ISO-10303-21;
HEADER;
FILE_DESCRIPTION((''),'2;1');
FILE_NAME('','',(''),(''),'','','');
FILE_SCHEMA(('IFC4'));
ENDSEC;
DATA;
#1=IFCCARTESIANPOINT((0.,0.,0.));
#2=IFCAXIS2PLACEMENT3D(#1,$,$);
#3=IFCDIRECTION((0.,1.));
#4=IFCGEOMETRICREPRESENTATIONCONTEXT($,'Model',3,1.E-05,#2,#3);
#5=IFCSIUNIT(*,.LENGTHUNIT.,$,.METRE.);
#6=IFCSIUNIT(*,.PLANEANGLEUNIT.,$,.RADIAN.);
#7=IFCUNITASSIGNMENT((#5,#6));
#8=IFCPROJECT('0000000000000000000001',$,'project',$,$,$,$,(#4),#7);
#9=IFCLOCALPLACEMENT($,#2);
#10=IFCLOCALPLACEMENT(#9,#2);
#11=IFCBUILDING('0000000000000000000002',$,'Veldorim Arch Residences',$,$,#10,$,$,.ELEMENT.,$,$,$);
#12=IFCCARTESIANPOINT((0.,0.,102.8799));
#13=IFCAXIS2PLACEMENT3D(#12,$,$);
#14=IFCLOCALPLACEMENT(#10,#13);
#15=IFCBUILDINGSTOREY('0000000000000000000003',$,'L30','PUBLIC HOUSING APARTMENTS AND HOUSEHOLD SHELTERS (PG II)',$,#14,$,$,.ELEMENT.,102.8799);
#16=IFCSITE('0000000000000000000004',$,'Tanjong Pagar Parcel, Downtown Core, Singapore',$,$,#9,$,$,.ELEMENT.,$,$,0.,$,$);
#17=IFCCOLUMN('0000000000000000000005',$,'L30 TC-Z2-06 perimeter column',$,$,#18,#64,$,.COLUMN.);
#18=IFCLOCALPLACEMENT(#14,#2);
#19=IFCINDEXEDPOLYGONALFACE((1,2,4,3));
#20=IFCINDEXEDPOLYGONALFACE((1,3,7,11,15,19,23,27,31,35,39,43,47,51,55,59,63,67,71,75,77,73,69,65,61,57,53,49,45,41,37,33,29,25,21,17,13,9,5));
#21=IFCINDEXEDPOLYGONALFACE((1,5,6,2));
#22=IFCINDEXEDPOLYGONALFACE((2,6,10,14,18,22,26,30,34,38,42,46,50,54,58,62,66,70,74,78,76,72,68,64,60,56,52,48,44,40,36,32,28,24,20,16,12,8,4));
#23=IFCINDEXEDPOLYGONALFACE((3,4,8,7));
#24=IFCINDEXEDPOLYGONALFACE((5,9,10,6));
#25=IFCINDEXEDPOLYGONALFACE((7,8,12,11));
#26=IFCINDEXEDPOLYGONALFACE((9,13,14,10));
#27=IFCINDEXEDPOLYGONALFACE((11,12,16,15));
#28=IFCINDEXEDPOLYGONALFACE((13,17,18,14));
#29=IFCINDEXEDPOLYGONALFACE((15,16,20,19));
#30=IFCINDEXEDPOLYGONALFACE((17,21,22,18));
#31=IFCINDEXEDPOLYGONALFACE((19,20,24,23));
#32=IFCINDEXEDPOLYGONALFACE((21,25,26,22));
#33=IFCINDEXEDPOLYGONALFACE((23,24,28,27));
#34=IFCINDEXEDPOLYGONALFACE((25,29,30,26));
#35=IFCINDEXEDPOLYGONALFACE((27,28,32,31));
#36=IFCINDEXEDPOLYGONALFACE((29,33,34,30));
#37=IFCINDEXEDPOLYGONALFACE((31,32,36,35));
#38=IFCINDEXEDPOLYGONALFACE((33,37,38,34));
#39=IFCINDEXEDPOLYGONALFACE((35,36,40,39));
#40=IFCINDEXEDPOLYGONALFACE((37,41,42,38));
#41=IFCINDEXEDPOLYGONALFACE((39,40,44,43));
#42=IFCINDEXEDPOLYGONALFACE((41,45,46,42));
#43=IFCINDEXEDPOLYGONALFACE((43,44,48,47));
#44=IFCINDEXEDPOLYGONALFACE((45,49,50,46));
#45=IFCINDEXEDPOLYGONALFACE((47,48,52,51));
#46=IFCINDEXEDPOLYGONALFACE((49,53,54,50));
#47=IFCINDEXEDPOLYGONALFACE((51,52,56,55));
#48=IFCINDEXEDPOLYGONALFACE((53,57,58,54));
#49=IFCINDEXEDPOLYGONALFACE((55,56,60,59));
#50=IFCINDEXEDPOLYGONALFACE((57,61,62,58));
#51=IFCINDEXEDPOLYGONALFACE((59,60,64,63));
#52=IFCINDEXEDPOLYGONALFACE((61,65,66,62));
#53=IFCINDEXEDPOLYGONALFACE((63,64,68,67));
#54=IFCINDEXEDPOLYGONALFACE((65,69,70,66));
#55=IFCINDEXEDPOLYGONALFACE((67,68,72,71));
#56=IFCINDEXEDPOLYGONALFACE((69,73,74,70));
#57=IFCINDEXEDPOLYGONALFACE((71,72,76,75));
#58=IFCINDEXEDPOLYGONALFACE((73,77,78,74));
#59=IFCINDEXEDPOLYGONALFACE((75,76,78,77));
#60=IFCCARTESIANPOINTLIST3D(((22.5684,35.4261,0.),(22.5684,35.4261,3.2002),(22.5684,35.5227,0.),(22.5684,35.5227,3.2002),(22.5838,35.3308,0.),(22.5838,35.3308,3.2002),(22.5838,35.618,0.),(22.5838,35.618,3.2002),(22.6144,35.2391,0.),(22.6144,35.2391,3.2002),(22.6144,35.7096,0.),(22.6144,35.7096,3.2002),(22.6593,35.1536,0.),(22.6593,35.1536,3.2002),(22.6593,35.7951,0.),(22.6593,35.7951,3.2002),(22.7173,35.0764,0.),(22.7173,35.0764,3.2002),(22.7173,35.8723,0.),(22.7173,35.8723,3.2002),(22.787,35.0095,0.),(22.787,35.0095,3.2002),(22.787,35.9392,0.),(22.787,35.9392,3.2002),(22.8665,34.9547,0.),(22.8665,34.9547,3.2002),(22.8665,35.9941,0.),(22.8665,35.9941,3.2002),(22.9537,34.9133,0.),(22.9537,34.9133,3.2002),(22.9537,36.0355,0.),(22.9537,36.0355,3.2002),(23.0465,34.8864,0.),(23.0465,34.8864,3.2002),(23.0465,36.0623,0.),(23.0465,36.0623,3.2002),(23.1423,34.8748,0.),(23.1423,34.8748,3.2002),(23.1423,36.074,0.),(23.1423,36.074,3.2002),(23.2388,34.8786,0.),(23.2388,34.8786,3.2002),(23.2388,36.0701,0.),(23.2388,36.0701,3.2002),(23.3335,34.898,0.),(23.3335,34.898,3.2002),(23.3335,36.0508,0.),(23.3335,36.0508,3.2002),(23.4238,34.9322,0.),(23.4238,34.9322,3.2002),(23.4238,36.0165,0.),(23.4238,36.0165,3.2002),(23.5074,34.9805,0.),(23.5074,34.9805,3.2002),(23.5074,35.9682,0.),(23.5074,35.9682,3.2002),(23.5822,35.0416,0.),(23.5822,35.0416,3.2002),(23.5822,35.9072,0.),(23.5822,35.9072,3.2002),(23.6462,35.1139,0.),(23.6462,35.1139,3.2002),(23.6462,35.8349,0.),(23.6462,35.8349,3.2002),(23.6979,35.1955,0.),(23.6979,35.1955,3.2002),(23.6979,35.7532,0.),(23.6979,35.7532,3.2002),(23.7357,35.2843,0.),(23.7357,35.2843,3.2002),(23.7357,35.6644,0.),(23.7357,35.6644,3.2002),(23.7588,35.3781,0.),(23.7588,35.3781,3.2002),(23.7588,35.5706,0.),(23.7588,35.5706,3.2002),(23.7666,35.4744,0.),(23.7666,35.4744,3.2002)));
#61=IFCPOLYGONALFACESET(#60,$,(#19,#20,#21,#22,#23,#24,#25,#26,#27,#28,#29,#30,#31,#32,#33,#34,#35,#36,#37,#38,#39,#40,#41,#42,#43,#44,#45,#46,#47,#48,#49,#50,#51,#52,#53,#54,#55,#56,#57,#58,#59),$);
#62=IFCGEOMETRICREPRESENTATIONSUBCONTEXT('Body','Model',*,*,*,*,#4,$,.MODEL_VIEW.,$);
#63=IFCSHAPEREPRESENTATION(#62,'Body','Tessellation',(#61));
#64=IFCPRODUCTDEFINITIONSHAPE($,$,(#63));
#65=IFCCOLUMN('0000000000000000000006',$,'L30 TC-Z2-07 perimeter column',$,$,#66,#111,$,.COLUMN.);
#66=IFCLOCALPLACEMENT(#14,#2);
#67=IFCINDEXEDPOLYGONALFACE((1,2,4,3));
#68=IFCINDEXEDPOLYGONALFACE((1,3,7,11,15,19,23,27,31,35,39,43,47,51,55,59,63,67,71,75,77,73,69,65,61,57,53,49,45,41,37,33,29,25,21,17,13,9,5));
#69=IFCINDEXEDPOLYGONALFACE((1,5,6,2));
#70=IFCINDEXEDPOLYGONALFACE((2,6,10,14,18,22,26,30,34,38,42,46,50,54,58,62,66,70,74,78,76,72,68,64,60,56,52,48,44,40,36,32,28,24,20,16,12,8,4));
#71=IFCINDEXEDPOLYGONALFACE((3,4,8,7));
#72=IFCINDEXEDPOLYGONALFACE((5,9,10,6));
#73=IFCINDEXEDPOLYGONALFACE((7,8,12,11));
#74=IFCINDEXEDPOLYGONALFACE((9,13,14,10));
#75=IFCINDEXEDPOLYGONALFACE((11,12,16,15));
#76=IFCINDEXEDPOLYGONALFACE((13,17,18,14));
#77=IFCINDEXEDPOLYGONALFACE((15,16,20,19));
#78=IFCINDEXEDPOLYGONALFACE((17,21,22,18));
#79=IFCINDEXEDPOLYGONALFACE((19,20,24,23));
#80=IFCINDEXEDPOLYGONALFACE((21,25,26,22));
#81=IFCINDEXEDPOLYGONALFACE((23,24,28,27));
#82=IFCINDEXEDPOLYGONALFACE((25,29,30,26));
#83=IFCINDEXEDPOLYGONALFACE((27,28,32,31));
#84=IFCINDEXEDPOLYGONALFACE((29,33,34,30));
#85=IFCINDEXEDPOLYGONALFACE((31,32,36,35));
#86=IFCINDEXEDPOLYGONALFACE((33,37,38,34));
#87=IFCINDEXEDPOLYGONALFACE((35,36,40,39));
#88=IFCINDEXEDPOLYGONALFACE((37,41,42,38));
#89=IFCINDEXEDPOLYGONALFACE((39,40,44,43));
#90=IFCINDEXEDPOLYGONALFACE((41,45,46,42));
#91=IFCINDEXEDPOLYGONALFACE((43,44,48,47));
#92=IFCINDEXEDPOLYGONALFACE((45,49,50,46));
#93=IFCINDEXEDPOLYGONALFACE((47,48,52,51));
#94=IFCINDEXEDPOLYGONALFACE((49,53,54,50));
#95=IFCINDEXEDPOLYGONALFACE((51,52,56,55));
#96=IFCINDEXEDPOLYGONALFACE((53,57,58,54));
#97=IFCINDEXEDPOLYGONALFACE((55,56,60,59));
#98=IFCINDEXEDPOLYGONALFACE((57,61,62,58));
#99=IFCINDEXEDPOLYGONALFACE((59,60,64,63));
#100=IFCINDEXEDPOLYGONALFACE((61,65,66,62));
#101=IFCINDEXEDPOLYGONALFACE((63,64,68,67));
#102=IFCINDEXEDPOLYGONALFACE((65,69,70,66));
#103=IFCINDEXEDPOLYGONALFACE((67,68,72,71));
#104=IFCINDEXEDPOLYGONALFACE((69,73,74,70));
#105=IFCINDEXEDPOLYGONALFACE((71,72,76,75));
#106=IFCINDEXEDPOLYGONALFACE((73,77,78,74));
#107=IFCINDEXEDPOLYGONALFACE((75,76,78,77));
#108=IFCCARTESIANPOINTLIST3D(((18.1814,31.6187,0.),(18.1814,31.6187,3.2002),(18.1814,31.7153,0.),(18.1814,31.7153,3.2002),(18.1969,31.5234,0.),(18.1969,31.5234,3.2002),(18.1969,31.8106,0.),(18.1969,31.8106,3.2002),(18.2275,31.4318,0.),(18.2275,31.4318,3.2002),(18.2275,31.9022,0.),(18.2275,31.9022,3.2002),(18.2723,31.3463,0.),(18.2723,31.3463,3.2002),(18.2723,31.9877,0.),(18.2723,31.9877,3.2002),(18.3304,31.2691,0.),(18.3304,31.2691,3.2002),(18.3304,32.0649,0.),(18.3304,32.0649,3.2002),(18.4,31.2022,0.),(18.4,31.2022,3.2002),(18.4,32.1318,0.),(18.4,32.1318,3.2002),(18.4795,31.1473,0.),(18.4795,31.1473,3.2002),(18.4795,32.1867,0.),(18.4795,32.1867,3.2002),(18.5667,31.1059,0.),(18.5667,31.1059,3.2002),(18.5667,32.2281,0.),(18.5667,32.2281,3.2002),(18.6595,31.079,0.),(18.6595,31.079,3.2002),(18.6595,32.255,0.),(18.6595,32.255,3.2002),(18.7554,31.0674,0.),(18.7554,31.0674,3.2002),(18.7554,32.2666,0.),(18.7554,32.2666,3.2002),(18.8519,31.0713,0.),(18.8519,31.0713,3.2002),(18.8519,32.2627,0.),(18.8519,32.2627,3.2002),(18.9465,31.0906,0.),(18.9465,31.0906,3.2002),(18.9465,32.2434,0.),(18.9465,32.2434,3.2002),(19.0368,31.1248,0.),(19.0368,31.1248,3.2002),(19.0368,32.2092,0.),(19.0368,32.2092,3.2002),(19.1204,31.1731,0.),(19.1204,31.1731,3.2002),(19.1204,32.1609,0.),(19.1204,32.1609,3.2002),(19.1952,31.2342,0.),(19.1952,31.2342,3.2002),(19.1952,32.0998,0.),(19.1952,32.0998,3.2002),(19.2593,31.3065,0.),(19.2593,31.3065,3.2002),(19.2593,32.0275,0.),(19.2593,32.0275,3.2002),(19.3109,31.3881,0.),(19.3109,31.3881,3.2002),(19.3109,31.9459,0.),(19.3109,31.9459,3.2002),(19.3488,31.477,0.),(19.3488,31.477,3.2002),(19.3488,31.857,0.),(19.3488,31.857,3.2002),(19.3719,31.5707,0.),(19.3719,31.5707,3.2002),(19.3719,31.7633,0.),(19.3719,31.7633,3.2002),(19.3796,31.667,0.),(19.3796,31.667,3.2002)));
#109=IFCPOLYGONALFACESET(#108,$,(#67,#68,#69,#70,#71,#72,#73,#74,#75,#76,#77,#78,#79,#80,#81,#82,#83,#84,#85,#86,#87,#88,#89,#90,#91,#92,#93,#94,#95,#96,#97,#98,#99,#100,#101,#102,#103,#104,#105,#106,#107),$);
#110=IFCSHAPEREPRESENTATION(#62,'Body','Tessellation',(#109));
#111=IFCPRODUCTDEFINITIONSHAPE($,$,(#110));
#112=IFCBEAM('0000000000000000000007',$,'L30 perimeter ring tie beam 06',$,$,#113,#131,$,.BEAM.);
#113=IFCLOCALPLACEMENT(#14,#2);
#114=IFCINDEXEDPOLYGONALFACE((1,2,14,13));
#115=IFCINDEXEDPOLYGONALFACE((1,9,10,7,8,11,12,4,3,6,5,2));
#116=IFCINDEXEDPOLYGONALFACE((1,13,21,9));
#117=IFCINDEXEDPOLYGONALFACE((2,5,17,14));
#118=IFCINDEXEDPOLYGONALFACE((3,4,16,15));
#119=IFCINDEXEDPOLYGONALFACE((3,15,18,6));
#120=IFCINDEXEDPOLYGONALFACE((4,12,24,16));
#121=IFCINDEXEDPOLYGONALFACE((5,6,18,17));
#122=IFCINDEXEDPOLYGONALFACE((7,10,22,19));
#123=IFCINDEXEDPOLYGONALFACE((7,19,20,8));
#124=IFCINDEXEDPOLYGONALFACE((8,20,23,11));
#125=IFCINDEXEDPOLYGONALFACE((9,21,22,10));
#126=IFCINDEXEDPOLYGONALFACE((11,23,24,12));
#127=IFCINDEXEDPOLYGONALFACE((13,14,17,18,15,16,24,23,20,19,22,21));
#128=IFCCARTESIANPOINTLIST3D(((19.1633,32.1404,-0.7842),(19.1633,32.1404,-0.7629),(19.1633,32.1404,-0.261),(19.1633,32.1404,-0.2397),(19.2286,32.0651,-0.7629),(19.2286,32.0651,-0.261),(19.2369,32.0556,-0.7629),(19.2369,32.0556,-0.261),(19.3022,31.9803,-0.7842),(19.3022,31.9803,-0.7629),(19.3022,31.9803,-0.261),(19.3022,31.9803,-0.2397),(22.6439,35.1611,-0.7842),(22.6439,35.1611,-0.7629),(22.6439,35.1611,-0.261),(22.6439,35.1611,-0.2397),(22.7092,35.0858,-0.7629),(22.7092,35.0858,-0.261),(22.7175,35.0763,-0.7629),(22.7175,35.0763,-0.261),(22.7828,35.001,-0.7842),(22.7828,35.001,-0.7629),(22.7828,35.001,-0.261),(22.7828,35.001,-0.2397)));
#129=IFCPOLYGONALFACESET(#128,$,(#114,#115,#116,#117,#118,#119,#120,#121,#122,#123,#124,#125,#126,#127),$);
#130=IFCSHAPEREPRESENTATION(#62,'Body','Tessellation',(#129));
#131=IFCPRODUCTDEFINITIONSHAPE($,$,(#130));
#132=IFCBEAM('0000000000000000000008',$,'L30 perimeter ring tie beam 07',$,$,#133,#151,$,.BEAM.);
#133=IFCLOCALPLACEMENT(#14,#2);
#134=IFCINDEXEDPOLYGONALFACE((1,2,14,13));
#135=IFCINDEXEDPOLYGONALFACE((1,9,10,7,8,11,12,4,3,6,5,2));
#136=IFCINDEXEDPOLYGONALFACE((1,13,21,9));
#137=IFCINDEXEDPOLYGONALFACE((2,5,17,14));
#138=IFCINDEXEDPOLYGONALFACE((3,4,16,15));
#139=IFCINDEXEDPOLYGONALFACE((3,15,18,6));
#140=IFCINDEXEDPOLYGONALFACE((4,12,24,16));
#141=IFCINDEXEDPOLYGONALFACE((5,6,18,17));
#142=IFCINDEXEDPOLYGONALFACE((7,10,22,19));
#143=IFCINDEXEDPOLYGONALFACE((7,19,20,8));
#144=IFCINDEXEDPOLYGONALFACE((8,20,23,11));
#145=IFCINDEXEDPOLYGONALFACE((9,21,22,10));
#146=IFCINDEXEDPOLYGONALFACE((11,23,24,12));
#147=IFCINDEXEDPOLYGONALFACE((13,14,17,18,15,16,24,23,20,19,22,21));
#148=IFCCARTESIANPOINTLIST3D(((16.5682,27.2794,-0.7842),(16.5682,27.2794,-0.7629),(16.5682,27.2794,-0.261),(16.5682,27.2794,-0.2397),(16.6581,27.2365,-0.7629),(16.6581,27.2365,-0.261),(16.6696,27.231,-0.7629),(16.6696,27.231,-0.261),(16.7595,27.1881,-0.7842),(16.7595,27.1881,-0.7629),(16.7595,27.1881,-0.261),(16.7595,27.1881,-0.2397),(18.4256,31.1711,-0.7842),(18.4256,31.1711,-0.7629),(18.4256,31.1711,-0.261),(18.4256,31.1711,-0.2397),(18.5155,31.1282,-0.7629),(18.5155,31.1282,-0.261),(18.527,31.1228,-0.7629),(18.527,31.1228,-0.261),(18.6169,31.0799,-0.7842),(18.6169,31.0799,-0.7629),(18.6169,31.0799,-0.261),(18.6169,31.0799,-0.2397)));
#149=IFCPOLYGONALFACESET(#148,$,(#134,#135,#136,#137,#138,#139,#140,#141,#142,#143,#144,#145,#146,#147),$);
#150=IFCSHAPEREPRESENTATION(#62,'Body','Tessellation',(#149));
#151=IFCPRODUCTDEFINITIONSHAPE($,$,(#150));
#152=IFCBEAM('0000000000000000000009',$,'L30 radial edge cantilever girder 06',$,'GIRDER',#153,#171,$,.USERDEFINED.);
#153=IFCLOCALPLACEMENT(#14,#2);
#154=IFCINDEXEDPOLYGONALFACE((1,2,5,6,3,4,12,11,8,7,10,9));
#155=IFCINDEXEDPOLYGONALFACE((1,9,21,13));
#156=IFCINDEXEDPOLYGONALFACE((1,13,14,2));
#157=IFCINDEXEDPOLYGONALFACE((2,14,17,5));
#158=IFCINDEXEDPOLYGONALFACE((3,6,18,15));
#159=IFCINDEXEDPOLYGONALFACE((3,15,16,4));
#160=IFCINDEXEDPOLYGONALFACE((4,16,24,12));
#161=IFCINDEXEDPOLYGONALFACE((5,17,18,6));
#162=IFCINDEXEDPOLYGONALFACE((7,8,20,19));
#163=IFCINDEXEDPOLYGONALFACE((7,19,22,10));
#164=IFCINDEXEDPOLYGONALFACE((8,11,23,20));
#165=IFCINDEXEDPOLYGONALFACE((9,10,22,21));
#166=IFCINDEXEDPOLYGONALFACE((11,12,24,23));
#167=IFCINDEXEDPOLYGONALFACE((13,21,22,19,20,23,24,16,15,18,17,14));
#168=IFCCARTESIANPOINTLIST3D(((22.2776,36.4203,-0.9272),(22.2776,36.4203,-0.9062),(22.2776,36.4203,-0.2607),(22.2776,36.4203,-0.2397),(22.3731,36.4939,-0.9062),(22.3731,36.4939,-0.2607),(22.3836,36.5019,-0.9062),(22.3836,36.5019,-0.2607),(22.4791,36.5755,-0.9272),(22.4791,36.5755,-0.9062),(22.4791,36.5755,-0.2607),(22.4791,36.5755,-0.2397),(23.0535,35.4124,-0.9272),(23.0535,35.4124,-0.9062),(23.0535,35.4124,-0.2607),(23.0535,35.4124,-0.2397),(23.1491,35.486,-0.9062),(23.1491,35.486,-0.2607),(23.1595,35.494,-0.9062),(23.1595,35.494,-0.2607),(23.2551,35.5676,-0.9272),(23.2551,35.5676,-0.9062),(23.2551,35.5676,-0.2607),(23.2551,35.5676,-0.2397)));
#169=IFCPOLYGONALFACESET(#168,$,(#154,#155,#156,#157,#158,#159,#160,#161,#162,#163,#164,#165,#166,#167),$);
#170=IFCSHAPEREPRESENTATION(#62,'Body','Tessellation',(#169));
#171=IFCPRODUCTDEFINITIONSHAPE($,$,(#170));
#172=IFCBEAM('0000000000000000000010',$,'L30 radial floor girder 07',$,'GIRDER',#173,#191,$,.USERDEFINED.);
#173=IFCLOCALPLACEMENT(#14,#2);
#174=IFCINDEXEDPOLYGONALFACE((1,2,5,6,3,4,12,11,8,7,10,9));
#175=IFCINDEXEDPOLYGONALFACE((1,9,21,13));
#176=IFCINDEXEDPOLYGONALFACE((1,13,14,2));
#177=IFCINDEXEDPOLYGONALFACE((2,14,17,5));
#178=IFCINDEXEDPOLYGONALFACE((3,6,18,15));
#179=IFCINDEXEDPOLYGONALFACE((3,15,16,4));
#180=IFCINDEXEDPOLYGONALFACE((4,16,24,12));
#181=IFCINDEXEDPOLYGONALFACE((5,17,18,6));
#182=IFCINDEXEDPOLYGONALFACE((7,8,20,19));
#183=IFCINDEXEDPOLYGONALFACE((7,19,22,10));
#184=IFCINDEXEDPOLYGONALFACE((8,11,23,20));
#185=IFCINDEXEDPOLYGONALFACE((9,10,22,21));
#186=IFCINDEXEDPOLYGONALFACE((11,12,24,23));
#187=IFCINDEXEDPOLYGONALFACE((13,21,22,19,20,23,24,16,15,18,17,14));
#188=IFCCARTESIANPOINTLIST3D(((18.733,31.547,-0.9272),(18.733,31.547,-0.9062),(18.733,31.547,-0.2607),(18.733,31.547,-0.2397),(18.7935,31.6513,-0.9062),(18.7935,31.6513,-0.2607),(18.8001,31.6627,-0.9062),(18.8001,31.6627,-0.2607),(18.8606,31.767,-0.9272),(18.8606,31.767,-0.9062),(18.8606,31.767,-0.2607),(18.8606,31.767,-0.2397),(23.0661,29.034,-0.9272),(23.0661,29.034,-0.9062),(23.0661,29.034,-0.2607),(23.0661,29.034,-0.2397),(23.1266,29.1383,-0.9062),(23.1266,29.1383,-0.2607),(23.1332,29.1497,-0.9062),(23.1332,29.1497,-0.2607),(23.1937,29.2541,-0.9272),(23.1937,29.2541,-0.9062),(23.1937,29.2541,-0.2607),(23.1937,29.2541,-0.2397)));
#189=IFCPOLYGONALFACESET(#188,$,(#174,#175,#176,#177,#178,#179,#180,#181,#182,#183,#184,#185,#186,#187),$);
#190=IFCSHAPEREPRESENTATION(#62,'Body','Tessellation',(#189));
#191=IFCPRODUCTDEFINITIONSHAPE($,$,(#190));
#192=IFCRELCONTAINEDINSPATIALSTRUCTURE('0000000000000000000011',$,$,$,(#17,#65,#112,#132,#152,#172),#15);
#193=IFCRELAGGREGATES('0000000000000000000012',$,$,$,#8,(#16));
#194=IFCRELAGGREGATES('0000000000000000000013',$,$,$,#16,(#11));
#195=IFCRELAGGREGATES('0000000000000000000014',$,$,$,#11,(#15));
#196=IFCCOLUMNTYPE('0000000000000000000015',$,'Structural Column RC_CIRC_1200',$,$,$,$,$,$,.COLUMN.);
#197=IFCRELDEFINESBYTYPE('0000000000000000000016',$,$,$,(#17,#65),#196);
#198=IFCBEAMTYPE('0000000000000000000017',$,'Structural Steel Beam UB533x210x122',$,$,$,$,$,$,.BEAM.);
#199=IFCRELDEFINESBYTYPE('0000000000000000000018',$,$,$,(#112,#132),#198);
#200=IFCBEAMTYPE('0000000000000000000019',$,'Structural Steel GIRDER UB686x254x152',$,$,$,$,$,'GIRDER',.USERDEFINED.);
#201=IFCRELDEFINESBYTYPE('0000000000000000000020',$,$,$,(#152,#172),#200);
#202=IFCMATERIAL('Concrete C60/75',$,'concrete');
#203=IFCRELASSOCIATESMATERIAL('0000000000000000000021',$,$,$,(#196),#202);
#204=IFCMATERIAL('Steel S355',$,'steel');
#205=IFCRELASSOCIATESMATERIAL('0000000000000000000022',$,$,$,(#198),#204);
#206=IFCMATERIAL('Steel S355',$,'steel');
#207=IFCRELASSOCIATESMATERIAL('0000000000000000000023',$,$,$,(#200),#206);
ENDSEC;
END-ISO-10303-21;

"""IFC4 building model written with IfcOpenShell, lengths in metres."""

from ifc_helpers import new_model, si_unit, direction, frame, origin, origin_2d, place, context, subcontext, project, spatial, circle, i_section, extrude, material, material_profile, profile_set, type_object, element, save


model = new_model("IFC4")

# Units and contexts
model_context = context("Model", 3, precision=1e-05, world=origin(), true_north=direction((0.0, 1.0)))
body_context = subcontext(model_context, "Body", "Model", "MODEL_VIEW")
ifc_project = project(units=[si_unit("LENGTHUNIT", "METRE"), si_unit("PLANEANGLEUNIT", "RADIAN")], contexts=[model_context])

# Site, building, storey
site_placement = place(None, origin())
site = spatial("IfcSite", under=ifc_project, at=site_placement, Name="Tanjong Pagar Parcel, Downtown Core, Singapore", CompositionType="ELEMENT", RefElevation=0.0)
building_placement = place(site_placement, origin())
building = spatial("IfcBuilding", under=site, at=building_placement, Name="Veldorim Arch Residences", CompositionType="ELEMENT")
storey_placement = place(building_placement, frame((0.0, 0.0, 102.8799)))
storey = spatial("IfcBuildingStorey", under=building, at=storey_placement, Name="L30", Description="PUBLIC HOUSING APARTMENTS AND HOUSEHOLD SHELTERS (PG II)", CompositionType="ELEMENT", Elevation=102.8799)

# Columns
ifc_material_1 = material(Name="Concrete C60/75", Category="concrete")
ifc_material_profile_1 = material_profile(ifc_material_1, circle(Radius=0.6001, at=origin_2d()), Name="RC_CIRC_1200")
ifc_profile_set_1 = profile_set([ifc_material_profile_1], Name="Concrete C60/75")
column_type = type_object("IfcColumnType", Name="Structural Column RC_CIRC_1200", PredefinedType="COLUMN", material=ifc_profile_set_1)
for number, where, z_axis, x_axis, name in (
    (1, (23.1665, 35.4744, 0.0), (0.0, 0.0, 1.0), (1.0, 0.0, 0.0), "L30 TC-Z2-06 perimeter column"),
    (2, (18.7795, 31.667, 0.0), (0.0, 0.0, 1.0), (1.0, 0.0, 0.0), "L30 TC-Z2-07 perimeter column"),
):
    element("IfcColumn", number, at=place(storey_placement, frame(where, z_axis=z_axis, x_axis=x_axis)), inside=storey, type_object=column_type, Name=name, PredefinedType="COLUMN", context=body_context, shape_type="SweptSolid", body=[
        extrude(circle(Radius=0.6001, at=origin_2d()), origin(), (0.0, 0.0, 1.0), 3.2002),
    ])

# Beams
ifc_material_2 = material(Name="Steel S355", Category="steel")
ifc_material_profile_2 = material_profile(ifc_material_2, i_section(OverallWidth=0.2119, OverallDepth=0.5444, WebThickness=0.0127, FlangeThickness=0.0212, at=origin_2d()), Name="UB533x210x122")
ifc_profile_set_2 = profile_set([ifc_material_profile_2], Name="Steel S355")
beam_type_1 = type_object("IfcBeamType", Name="Structural Steel Beam UB533x210x122", PredefinedType="BEAM", material=ifc_profile_set_2)
beam_1_placement = place(storey_placement, frame((22.7134, 35.0811, -0.512), z_axis=(-0.755245, -0.655443, 0.0), x_axis=(0.655443, -0.755245, 0.0)))
element("IfcBeam", 3, at=beam_1_placement, inside=storey, type_object=beam_type_1, Name="L30 perimeter ring tie beam 06", PredefinedType="BEAM", context=body_context, shape_type="SweptSolid", body=[
    extrude(i_section(OverallWidth=0.2119, OverallDepth=0.5444, WebThickness=0.0127, FlangeThickness=0.0212, at=origin_2d()), origin(), (0.0, 0.0, 1.0), 4.6086),
])
beam_2_placement = place(storey_placement, frame((18.5212, 31.1255, -0.512), z_axis=(-0.43072, -0.902486, 0.0), x_axis=(0.902486, -0.43072, 0.0)))
element("IfcBeam", 4, at=beam_2_placement, inside=storey, type_object=beam_type_1, Name="L30 perimeter ring tie beam 07", PredefinedType="BEAM", context=body_context, shape_type="SweptSolid", body=[
    extrude(i_section(OverallWidth=0.2119, OverallDepth=0.5444, WebThickness=0.0127, FlangeThickness=0.0212, at=origin_2d()), origin(), (0.0, 0.0, 1.0), 4.3123),
])
ifc_material_3 = material(Name="Steel S355", Category="steel")
ifc_material_profile_3 = material_profile(ifc_material_3, i_section(OverallWidth=0.2544, OverallDepth=0.6875, WebThickness=0.0132, FlangeThickness=0.021, at=origin_2d()), Name="UB686x254x152")
ifc_profile_set_3 = profile_set([ifc_material_profile_3], Name="Steel S355")
beam_type_2 = type_object("IfcBeamType", Name="Structural Steel GIRDER UB686x254x152", ElementType="GIRDER", PredefinedType="USERDEFINED", material=ifc_profile_set_3)
beam_3_placement = place(storey_placement, frame((23.1543, 35.49, -0.5835), z_axis=(-0.610026, 0.792381, 0.0), x_axis=(-0.792381, -0.610026, 0.0)))
element("IfcBeam", 5, at=beam_3_placement, inside=storey, type_object=beam_type_2, Name="L30 radial edge cantilever girder 06", ObjectType="GIRDER", PredefinedType="USERDEFINED", context=body_context, shape_type="SweptSolid", body=[
    extrude(i_section(OverallWidth=0.2544, OverallDepth=0.6875, WebThickness=0.0132, FlangeThickness=0.021, at=origin_2d()), origin(), (0.0, 0.0, 1.0), 1.272),
])
beam_4_placement = place(storey_placement, frame((23.1299, 29.144, -0.5835), z_axis=(-0.865049, 0.501687, 0.0), x_axis=(-0.501687, -0.865049, 0.0)))
element("IfcBeam", 6, at=beam_4_placement, inside=storey, type_object=beam_type_2, Name="L30 radial floor girder 07", ObjectType="GIRDER", PredefinedType="USERDEFINED", context=body_context, shape_type="SweptSolid", body=[
    extrude(i_section(OverallWidth=0.2544, OverallDepth=0.6875, WebThickness=0.0132, FlangeThickness=0.021, at=origin_2d()), origin(), (0.0, 0.0, 1.0), 5.009),
])

save(model, "model.ifc")
